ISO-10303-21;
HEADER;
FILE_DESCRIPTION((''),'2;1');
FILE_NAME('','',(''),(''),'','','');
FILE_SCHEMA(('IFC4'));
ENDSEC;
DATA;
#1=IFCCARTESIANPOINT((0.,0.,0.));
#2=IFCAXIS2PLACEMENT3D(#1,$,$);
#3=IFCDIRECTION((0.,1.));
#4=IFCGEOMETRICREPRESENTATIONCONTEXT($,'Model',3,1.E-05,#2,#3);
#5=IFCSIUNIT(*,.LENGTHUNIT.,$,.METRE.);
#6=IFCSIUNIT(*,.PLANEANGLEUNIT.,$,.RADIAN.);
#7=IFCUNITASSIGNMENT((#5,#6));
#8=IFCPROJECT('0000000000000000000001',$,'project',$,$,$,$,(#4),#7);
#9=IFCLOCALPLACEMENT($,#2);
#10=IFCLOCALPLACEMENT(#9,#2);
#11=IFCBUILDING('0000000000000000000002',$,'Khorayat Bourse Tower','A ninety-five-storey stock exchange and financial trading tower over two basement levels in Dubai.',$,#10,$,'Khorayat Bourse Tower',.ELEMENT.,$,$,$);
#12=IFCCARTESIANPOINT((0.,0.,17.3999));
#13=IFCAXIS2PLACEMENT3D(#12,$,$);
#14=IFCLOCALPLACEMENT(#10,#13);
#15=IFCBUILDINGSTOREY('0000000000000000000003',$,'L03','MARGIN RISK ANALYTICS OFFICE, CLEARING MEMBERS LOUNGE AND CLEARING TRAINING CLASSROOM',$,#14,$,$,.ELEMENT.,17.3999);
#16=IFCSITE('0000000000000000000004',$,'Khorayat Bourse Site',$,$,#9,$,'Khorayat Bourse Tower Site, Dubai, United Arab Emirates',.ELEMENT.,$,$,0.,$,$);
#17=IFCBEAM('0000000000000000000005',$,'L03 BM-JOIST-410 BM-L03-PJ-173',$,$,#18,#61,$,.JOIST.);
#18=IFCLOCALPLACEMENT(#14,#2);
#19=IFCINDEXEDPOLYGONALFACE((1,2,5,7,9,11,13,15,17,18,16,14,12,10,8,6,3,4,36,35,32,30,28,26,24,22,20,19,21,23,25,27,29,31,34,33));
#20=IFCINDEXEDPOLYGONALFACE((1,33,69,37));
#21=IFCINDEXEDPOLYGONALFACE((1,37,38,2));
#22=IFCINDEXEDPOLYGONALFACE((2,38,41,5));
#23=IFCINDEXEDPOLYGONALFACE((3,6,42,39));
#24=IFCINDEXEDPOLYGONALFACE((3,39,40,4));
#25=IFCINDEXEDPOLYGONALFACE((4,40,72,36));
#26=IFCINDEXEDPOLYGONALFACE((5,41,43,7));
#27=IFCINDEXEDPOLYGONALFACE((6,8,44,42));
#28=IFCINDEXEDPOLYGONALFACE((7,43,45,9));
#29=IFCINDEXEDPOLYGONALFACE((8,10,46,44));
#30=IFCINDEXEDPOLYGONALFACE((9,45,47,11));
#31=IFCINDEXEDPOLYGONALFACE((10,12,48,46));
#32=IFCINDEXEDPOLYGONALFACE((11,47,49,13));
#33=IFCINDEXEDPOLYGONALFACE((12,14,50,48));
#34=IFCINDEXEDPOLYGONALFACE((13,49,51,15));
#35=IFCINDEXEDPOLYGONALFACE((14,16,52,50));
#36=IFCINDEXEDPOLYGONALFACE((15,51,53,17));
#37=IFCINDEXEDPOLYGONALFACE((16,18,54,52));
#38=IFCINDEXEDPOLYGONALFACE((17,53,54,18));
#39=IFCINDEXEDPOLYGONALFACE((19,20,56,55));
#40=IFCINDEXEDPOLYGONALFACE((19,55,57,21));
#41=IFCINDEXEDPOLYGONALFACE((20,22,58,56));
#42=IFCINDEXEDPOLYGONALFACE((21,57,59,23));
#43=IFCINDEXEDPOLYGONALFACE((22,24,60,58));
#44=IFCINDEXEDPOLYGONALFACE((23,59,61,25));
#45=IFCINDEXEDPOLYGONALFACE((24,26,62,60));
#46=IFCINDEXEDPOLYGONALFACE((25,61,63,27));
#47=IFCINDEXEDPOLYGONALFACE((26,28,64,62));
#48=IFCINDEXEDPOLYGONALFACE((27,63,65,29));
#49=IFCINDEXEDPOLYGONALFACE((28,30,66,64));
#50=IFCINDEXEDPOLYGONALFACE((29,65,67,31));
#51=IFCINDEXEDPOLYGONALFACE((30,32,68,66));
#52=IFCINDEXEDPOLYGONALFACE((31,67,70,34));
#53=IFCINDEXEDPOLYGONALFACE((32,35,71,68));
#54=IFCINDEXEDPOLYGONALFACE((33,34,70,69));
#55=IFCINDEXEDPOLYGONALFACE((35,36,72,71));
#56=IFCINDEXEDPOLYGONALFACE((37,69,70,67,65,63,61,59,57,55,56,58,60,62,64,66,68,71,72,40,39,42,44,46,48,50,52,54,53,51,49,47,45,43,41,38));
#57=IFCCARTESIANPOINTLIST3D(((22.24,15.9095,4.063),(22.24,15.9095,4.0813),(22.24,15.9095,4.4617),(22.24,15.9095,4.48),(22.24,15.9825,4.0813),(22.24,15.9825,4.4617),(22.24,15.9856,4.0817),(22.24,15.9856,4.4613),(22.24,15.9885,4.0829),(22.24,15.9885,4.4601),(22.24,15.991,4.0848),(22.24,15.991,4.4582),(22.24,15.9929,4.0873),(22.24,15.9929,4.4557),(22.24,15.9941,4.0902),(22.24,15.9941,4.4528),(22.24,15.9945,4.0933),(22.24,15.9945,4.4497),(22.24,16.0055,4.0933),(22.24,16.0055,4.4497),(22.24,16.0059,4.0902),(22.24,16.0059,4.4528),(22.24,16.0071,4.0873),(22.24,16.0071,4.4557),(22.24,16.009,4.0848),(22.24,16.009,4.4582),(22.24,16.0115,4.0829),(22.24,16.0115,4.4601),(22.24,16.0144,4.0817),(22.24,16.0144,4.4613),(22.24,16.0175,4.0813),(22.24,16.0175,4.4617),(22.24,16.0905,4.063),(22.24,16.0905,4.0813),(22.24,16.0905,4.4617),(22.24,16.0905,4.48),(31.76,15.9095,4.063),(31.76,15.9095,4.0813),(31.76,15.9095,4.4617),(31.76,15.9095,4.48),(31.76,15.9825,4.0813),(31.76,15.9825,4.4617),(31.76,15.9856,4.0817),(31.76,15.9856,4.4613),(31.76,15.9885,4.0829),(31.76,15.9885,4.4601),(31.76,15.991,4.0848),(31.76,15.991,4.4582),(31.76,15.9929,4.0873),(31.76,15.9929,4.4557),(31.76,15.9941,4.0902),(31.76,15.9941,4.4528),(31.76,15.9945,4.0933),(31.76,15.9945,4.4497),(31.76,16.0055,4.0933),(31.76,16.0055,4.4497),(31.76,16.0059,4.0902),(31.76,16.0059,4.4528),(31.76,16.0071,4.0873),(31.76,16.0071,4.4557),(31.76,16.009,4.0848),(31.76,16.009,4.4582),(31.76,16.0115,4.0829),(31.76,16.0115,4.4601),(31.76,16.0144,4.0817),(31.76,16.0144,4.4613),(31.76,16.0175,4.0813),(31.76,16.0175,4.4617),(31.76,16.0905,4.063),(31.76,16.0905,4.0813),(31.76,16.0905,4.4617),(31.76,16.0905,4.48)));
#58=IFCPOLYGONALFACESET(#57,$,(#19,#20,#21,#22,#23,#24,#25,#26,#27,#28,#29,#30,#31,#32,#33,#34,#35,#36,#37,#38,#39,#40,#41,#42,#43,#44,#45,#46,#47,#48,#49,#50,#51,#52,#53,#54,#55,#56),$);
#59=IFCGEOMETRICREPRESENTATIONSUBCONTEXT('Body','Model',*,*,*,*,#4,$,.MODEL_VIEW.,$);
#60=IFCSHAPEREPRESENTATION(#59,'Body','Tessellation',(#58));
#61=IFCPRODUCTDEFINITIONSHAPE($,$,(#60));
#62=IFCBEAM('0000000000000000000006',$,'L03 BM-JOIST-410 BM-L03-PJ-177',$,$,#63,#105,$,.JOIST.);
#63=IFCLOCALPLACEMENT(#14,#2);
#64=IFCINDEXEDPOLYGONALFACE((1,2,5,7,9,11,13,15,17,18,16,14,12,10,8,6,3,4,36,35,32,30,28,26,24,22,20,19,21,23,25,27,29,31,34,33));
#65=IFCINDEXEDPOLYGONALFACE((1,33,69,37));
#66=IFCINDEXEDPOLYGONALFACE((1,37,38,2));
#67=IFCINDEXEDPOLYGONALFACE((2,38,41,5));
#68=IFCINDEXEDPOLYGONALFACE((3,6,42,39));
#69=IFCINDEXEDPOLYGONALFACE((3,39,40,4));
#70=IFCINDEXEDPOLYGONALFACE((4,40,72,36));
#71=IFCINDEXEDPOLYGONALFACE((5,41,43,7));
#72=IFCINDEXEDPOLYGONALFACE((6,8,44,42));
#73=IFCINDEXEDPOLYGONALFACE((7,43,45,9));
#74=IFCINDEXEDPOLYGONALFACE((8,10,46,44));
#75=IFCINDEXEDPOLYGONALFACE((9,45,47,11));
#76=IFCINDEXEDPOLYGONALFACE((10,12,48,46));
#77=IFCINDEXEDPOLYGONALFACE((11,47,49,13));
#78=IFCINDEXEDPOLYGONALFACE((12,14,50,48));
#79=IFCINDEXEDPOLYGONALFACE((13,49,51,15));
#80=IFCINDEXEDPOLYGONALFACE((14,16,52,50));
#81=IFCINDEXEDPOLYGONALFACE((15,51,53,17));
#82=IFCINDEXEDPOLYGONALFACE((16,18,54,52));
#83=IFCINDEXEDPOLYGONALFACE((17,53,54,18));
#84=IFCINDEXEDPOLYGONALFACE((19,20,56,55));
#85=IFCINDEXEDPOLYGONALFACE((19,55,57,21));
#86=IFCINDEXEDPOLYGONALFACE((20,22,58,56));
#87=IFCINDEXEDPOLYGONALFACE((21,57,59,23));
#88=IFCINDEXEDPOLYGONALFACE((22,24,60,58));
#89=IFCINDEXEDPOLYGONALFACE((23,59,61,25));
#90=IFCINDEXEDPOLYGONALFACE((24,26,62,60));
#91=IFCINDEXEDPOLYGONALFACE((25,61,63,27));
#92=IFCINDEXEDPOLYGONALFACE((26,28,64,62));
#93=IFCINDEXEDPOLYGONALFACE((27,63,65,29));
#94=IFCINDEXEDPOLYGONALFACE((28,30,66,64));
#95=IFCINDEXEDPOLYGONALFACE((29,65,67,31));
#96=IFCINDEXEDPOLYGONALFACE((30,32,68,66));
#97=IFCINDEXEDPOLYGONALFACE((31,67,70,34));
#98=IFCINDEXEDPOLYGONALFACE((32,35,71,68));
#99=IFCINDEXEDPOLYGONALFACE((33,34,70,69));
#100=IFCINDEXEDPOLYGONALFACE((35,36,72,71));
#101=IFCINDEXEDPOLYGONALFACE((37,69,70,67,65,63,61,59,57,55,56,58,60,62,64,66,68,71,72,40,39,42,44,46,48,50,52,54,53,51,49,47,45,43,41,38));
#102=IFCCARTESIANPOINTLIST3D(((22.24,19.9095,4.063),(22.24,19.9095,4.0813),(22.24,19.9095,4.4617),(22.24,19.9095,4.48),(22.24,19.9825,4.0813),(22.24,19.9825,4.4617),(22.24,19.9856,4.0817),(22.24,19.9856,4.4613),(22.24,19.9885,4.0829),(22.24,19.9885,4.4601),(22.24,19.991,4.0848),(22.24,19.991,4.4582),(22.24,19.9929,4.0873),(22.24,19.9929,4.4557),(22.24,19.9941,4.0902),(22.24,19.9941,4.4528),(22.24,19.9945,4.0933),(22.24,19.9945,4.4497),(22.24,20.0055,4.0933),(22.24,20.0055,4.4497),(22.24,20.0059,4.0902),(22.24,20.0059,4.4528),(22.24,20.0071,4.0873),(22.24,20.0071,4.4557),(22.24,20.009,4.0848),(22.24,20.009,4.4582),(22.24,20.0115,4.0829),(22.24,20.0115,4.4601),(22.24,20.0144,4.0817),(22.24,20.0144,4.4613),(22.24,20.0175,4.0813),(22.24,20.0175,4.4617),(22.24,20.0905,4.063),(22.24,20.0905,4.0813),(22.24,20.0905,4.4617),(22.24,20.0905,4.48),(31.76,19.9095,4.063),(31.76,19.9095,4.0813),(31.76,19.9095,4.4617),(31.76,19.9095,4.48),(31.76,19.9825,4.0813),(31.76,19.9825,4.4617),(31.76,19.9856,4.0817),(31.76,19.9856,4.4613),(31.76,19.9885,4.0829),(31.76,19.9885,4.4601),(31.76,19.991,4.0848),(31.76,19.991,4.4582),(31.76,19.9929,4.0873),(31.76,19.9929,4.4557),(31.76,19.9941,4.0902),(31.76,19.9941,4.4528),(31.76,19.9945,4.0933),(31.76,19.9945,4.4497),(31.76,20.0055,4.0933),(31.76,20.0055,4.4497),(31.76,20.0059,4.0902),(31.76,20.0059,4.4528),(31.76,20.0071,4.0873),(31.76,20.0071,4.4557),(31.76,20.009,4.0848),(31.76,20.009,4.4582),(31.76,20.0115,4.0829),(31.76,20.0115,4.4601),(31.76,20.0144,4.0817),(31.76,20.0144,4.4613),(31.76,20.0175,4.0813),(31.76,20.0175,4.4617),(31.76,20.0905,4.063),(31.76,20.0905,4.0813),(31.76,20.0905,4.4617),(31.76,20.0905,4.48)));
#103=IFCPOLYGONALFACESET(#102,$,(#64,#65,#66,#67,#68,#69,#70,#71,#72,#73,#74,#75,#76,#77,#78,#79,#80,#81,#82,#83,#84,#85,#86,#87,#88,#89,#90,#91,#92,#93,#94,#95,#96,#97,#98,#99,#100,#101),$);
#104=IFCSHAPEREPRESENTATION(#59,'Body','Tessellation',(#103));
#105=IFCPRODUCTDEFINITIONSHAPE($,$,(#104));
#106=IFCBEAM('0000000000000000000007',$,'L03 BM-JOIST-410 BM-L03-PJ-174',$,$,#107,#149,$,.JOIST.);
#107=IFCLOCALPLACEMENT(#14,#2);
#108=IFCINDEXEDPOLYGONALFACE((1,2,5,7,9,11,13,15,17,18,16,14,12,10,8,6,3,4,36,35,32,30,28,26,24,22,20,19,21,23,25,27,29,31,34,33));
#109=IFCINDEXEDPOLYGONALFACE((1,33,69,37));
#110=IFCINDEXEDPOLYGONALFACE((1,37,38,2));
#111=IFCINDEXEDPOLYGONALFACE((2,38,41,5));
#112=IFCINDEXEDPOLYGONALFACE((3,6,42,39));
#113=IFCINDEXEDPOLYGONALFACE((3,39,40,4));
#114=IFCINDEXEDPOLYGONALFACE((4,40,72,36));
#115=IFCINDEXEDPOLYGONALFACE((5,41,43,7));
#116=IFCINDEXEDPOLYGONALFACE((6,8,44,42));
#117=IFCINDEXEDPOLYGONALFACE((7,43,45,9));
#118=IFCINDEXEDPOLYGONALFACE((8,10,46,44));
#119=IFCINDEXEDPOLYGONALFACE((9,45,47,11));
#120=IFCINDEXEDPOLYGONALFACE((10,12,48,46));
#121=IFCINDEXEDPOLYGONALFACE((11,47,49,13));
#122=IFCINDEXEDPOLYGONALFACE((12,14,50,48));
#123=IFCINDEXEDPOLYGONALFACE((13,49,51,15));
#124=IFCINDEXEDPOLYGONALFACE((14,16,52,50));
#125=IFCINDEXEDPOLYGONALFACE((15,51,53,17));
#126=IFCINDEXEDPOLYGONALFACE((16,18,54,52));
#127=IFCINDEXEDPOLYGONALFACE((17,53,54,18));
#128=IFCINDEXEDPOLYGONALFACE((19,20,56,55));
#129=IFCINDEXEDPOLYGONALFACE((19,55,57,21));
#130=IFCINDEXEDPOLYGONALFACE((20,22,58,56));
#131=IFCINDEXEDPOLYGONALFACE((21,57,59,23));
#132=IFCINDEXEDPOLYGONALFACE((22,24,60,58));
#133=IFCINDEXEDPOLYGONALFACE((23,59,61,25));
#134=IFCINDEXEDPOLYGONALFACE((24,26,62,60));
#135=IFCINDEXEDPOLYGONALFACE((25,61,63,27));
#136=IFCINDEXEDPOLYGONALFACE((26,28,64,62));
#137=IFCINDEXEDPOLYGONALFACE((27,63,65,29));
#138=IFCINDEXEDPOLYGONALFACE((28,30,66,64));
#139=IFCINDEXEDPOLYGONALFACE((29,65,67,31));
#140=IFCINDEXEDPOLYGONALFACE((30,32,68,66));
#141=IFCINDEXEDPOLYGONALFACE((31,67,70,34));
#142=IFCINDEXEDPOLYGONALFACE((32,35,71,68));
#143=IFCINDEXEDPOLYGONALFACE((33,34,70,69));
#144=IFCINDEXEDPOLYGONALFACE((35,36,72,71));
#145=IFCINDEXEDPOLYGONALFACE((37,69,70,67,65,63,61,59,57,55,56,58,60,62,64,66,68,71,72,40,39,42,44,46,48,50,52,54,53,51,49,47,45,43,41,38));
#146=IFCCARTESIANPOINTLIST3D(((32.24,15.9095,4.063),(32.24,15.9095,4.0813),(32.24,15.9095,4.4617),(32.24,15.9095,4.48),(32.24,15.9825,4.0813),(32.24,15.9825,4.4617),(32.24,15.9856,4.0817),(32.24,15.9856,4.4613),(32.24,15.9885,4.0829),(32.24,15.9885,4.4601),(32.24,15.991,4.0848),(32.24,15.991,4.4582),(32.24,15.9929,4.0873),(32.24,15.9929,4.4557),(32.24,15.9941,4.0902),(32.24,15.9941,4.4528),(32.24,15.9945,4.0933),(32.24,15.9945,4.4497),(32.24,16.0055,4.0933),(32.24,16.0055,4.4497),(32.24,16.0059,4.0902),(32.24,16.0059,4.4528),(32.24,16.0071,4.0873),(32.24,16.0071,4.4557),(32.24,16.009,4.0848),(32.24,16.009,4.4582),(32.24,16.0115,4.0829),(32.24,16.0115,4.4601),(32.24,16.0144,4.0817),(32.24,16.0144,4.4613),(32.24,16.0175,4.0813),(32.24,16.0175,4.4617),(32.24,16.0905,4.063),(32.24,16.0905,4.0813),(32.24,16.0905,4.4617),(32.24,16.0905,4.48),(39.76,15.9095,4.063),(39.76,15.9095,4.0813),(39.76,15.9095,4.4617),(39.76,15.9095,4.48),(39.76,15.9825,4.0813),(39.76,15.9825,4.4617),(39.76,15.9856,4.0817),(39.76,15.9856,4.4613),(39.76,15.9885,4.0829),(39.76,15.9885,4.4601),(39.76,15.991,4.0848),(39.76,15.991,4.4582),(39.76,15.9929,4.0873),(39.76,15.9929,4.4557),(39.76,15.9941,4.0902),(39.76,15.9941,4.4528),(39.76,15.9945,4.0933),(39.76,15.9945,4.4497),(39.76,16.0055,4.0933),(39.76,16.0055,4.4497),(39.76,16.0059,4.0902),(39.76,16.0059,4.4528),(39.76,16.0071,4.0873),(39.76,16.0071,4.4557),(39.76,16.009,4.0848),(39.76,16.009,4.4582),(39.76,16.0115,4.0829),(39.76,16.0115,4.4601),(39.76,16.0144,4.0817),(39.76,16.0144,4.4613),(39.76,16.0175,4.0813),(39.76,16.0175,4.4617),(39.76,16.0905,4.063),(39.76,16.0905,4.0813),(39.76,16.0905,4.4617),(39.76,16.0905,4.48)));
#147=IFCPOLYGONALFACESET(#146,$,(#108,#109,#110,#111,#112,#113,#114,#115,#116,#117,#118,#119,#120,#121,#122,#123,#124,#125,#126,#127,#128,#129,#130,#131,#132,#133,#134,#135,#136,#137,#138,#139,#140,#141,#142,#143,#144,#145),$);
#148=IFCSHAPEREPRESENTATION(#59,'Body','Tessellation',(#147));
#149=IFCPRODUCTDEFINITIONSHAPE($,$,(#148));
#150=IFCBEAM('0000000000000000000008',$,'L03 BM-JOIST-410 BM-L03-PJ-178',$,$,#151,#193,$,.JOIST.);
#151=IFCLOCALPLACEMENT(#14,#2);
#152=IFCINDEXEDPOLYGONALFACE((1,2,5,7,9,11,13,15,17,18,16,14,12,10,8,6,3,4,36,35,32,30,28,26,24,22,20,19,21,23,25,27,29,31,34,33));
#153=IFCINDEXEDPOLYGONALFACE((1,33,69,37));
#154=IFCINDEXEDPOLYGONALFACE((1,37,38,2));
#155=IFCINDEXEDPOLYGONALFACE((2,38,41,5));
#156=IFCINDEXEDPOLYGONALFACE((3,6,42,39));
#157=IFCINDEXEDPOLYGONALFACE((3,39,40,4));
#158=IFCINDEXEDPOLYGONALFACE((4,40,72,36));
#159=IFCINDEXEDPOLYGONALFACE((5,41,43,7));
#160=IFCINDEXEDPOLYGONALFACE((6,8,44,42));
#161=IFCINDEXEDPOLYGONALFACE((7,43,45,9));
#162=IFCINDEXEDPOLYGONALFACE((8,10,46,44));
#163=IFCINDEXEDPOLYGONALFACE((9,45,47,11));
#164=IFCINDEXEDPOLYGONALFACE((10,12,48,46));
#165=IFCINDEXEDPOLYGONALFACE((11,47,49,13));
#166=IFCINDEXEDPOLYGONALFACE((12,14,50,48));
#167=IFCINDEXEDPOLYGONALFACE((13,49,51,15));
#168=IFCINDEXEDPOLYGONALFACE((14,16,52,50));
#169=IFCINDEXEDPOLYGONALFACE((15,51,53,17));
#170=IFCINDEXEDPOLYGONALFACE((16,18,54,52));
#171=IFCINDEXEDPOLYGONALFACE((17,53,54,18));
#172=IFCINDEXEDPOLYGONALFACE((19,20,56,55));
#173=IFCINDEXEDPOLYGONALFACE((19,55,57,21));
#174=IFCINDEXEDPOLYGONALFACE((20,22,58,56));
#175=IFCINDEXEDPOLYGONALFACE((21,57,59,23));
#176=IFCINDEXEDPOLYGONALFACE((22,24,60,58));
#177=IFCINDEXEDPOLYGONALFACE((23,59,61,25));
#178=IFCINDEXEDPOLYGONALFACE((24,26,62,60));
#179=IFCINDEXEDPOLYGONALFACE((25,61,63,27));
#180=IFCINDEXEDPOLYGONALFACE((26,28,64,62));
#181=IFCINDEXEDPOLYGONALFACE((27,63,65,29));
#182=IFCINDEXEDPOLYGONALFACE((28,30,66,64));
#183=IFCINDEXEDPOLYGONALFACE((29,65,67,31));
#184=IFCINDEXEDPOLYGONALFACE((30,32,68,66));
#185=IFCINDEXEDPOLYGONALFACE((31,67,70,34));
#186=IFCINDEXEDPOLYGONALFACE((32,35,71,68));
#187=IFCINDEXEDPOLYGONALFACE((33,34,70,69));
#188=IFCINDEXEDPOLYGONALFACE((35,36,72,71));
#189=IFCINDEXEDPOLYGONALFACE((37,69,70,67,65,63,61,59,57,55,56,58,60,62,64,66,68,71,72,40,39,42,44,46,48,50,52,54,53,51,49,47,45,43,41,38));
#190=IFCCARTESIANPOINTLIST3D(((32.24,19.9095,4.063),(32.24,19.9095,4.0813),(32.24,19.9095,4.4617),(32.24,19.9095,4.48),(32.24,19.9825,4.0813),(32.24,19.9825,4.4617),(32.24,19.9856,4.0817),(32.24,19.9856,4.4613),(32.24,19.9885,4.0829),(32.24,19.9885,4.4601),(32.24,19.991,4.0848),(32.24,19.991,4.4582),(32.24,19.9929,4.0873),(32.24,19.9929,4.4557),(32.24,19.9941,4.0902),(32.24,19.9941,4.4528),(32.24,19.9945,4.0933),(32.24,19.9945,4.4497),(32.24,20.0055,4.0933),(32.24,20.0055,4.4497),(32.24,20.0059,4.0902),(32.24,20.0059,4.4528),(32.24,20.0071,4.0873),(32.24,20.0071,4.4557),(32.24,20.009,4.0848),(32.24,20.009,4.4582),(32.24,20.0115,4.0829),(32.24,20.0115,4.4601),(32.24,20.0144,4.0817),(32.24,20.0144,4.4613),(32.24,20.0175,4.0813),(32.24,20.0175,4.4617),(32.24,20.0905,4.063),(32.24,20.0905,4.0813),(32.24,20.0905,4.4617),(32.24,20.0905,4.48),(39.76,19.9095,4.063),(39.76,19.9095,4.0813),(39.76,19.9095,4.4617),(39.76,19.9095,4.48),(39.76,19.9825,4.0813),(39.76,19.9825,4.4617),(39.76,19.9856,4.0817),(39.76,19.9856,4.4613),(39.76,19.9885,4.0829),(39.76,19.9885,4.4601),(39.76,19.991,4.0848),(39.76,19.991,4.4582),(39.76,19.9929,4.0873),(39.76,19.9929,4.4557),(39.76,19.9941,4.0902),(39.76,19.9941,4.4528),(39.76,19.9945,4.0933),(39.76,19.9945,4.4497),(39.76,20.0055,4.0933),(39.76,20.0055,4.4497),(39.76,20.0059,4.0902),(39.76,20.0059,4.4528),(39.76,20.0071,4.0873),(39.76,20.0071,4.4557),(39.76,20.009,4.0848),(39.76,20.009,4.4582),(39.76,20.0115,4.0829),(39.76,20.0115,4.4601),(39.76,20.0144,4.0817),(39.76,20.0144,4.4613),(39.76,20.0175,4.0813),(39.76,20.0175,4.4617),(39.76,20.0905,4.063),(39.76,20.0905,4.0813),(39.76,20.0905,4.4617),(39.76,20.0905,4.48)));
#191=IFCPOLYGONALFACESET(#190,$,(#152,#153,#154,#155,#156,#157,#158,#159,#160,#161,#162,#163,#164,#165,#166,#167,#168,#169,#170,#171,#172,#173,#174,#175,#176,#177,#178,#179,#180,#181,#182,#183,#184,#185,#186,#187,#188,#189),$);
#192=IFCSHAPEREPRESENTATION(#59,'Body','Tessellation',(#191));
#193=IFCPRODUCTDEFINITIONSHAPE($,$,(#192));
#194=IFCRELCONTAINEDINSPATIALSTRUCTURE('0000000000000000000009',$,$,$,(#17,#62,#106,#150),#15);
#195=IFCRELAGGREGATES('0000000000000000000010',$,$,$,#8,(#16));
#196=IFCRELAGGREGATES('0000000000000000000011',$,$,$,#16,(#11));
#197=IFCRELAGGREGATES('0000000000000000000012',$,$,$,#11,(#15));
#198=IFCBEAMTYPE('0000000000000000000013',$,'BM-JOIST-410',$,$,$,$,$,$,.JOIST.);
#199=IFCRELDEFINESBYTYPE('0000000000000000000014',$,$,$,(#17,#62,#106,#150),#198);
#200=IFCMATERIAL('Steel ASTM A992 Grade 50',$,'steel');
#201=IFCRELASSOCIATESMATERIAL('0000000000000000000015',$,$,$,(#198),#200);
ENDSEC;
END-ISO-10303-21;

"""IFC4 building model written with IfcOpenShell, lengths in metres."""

from ifc_helpers import new_model, si_unit, direction, frame, origin, origin_2d, place, context, subcontext, project, spatial, i_section, extrude, source, transform, mapped, material, material_profile, profile_set, type_object, element, save


model = new_model("IFC4")

# Units and contexts
model_context = context("Model", 3, precision=1e-05, world=origin(), true_north=direction((0.0, 1.0)))
body_context = subcontext(model_context, "Body", "Model", "MODEL_VIEW")
ifc_project = project(units=[si_unit("LENGTHUNIT", "METRE"), si_unit("PLANEANGLEUNIT", "RADIAN")], contexts=[model_context])

# Site, building, storey
site_placement = place(None, origin())
site = spatial("IfcSite", under=ifc_project, at=site_placement, Name="Khorayat Bourse Site", LongName="Khorayat Bourse Tower Site, Dubai, United Arab Emirates", CompositionType="ELEMENT", RefElevation=0.0)
building_placement = place(site_placement, origin())
building = spatial("IfcBuilding", under=site, at=building_placement, Name="Khorayat Bourse Tower", Description="A ninety-five-storey stock exchange and financial trading tower over two basement levels in Dubai.", LongName="Khorayat Bourse Tower", CompositionType="ELEMENT")
storey_placement = place(building_placement, frame((0.0, 0.0, 17.3999)))
storey = spatial("IfcBuildingStorey", under=building, at=storey_placement, Name="L03", Description="MARGIN RISK ANALYTICS OFFICE, CLEARING MEMBERS LOUNGE AND CLEARING TRAINING CLASSROOM", CompositionType="ELEMENT", Elevation=17.3999)

# Beams
ifc_material_1 = material(Name="Steel ASTM A992 Grade 50", Category="steel")
ifc_material_profile_1 = material_profile(ifc_material_1, i_section(OverallWidth=0.1809, OverallDepth=0.417, WebThickness=0.011, FlangeThickness=0.0183, FilletRadius=0.012, at=origin_2d()), Name="W410X85")
ifc_profile_set_1 = profile_set([ifc_material_profile_1], Name="Steel ASTM A992 Grade 50")
beam_type_1 = type_object("IfcBeamType", Name="BM-JOIST-410", PredefinedType="JOIST", material=ifc_profile_set_1)
shared_shape_1 = source(origin(), body_context, "Body", "SweptSolid", [
    extrude(i_section(OverallWidth=0.1809, OverallDepth=0.417, WebThickness=0.011, FlangeThickness=0.0183, FilletRadius=0.012, at=origin_2d()), origin(), (0.0, 0.0, 1.0), 9.52),
])
for number, where, z_axis, x_axis, name in (
    (1, (22.24, 16.0, 4.2715), (1.0, 0.0, 0.0), (0.0, 1.0, 0.0), "L03 BM-JOIST-410 BM-L03-PJ-173"),
    (2, (22.24, 20.0, 4.2715), (1.0, 0.0, 0.0), (0.0, 1.0, 0.0), "L03 BM-JOIST-410 BM-L03-PJ-177"),
):
    element("IfcBeam", number, at=place(storey_placement, frame(where, z_axis=z_axis, x_axis=x_axis)), inside=storey, type_object=beam_type_1, Name=name, PredefinedType="JOIST", context=body_context, shape_type="MappedRepresentation", body=[
        mapped(shared_shape_1, transform((0.0, 0.0, 0.0), scale=1.0)),
    ])
shared_shape_2 = source(origin(), body_context, "Body", "SweptSolid", [
    extrude(i_section(OverallWidth=0.1809, OverallDepth=0.417, WebThickness=0.011, FlangeThickness=0.0183, FilletRadius=0.012, at=origin_2d()), origin(), (0.0, 0.0, 1.0), 7.52),
])
for number, where, z_axis, x_axis, name in (
    (3, (32.24, 16.0, 4.2715), (1.0, 0.0, 0.0), (0.0, 1.0, 0.0), "L03 BM-JOIST-410 BM-L03-PJ-174"),
    (4, (32.24, 20.0, 4.2715), (1.0, 0.0, 0.0), (0.0, 1.0, 0.0), "L03 BM-JOIST-410 BM-L03-PJ-178"),
):
    element("IfcBeam", number, at=place(storey_placement, frame(where, z_axis=z_axis, x_axis=x_axis)), inside=storey, type_object=beam_type_1, Name=name, PredefinedType="JOIST", context=body_context, shape_type="MappedRepresentation", body=[
        mapped(shared_shape_2, transform((0.0, 0.0, 0.0), scale=1.0)),
    ])

save(model, "model.ifc")
